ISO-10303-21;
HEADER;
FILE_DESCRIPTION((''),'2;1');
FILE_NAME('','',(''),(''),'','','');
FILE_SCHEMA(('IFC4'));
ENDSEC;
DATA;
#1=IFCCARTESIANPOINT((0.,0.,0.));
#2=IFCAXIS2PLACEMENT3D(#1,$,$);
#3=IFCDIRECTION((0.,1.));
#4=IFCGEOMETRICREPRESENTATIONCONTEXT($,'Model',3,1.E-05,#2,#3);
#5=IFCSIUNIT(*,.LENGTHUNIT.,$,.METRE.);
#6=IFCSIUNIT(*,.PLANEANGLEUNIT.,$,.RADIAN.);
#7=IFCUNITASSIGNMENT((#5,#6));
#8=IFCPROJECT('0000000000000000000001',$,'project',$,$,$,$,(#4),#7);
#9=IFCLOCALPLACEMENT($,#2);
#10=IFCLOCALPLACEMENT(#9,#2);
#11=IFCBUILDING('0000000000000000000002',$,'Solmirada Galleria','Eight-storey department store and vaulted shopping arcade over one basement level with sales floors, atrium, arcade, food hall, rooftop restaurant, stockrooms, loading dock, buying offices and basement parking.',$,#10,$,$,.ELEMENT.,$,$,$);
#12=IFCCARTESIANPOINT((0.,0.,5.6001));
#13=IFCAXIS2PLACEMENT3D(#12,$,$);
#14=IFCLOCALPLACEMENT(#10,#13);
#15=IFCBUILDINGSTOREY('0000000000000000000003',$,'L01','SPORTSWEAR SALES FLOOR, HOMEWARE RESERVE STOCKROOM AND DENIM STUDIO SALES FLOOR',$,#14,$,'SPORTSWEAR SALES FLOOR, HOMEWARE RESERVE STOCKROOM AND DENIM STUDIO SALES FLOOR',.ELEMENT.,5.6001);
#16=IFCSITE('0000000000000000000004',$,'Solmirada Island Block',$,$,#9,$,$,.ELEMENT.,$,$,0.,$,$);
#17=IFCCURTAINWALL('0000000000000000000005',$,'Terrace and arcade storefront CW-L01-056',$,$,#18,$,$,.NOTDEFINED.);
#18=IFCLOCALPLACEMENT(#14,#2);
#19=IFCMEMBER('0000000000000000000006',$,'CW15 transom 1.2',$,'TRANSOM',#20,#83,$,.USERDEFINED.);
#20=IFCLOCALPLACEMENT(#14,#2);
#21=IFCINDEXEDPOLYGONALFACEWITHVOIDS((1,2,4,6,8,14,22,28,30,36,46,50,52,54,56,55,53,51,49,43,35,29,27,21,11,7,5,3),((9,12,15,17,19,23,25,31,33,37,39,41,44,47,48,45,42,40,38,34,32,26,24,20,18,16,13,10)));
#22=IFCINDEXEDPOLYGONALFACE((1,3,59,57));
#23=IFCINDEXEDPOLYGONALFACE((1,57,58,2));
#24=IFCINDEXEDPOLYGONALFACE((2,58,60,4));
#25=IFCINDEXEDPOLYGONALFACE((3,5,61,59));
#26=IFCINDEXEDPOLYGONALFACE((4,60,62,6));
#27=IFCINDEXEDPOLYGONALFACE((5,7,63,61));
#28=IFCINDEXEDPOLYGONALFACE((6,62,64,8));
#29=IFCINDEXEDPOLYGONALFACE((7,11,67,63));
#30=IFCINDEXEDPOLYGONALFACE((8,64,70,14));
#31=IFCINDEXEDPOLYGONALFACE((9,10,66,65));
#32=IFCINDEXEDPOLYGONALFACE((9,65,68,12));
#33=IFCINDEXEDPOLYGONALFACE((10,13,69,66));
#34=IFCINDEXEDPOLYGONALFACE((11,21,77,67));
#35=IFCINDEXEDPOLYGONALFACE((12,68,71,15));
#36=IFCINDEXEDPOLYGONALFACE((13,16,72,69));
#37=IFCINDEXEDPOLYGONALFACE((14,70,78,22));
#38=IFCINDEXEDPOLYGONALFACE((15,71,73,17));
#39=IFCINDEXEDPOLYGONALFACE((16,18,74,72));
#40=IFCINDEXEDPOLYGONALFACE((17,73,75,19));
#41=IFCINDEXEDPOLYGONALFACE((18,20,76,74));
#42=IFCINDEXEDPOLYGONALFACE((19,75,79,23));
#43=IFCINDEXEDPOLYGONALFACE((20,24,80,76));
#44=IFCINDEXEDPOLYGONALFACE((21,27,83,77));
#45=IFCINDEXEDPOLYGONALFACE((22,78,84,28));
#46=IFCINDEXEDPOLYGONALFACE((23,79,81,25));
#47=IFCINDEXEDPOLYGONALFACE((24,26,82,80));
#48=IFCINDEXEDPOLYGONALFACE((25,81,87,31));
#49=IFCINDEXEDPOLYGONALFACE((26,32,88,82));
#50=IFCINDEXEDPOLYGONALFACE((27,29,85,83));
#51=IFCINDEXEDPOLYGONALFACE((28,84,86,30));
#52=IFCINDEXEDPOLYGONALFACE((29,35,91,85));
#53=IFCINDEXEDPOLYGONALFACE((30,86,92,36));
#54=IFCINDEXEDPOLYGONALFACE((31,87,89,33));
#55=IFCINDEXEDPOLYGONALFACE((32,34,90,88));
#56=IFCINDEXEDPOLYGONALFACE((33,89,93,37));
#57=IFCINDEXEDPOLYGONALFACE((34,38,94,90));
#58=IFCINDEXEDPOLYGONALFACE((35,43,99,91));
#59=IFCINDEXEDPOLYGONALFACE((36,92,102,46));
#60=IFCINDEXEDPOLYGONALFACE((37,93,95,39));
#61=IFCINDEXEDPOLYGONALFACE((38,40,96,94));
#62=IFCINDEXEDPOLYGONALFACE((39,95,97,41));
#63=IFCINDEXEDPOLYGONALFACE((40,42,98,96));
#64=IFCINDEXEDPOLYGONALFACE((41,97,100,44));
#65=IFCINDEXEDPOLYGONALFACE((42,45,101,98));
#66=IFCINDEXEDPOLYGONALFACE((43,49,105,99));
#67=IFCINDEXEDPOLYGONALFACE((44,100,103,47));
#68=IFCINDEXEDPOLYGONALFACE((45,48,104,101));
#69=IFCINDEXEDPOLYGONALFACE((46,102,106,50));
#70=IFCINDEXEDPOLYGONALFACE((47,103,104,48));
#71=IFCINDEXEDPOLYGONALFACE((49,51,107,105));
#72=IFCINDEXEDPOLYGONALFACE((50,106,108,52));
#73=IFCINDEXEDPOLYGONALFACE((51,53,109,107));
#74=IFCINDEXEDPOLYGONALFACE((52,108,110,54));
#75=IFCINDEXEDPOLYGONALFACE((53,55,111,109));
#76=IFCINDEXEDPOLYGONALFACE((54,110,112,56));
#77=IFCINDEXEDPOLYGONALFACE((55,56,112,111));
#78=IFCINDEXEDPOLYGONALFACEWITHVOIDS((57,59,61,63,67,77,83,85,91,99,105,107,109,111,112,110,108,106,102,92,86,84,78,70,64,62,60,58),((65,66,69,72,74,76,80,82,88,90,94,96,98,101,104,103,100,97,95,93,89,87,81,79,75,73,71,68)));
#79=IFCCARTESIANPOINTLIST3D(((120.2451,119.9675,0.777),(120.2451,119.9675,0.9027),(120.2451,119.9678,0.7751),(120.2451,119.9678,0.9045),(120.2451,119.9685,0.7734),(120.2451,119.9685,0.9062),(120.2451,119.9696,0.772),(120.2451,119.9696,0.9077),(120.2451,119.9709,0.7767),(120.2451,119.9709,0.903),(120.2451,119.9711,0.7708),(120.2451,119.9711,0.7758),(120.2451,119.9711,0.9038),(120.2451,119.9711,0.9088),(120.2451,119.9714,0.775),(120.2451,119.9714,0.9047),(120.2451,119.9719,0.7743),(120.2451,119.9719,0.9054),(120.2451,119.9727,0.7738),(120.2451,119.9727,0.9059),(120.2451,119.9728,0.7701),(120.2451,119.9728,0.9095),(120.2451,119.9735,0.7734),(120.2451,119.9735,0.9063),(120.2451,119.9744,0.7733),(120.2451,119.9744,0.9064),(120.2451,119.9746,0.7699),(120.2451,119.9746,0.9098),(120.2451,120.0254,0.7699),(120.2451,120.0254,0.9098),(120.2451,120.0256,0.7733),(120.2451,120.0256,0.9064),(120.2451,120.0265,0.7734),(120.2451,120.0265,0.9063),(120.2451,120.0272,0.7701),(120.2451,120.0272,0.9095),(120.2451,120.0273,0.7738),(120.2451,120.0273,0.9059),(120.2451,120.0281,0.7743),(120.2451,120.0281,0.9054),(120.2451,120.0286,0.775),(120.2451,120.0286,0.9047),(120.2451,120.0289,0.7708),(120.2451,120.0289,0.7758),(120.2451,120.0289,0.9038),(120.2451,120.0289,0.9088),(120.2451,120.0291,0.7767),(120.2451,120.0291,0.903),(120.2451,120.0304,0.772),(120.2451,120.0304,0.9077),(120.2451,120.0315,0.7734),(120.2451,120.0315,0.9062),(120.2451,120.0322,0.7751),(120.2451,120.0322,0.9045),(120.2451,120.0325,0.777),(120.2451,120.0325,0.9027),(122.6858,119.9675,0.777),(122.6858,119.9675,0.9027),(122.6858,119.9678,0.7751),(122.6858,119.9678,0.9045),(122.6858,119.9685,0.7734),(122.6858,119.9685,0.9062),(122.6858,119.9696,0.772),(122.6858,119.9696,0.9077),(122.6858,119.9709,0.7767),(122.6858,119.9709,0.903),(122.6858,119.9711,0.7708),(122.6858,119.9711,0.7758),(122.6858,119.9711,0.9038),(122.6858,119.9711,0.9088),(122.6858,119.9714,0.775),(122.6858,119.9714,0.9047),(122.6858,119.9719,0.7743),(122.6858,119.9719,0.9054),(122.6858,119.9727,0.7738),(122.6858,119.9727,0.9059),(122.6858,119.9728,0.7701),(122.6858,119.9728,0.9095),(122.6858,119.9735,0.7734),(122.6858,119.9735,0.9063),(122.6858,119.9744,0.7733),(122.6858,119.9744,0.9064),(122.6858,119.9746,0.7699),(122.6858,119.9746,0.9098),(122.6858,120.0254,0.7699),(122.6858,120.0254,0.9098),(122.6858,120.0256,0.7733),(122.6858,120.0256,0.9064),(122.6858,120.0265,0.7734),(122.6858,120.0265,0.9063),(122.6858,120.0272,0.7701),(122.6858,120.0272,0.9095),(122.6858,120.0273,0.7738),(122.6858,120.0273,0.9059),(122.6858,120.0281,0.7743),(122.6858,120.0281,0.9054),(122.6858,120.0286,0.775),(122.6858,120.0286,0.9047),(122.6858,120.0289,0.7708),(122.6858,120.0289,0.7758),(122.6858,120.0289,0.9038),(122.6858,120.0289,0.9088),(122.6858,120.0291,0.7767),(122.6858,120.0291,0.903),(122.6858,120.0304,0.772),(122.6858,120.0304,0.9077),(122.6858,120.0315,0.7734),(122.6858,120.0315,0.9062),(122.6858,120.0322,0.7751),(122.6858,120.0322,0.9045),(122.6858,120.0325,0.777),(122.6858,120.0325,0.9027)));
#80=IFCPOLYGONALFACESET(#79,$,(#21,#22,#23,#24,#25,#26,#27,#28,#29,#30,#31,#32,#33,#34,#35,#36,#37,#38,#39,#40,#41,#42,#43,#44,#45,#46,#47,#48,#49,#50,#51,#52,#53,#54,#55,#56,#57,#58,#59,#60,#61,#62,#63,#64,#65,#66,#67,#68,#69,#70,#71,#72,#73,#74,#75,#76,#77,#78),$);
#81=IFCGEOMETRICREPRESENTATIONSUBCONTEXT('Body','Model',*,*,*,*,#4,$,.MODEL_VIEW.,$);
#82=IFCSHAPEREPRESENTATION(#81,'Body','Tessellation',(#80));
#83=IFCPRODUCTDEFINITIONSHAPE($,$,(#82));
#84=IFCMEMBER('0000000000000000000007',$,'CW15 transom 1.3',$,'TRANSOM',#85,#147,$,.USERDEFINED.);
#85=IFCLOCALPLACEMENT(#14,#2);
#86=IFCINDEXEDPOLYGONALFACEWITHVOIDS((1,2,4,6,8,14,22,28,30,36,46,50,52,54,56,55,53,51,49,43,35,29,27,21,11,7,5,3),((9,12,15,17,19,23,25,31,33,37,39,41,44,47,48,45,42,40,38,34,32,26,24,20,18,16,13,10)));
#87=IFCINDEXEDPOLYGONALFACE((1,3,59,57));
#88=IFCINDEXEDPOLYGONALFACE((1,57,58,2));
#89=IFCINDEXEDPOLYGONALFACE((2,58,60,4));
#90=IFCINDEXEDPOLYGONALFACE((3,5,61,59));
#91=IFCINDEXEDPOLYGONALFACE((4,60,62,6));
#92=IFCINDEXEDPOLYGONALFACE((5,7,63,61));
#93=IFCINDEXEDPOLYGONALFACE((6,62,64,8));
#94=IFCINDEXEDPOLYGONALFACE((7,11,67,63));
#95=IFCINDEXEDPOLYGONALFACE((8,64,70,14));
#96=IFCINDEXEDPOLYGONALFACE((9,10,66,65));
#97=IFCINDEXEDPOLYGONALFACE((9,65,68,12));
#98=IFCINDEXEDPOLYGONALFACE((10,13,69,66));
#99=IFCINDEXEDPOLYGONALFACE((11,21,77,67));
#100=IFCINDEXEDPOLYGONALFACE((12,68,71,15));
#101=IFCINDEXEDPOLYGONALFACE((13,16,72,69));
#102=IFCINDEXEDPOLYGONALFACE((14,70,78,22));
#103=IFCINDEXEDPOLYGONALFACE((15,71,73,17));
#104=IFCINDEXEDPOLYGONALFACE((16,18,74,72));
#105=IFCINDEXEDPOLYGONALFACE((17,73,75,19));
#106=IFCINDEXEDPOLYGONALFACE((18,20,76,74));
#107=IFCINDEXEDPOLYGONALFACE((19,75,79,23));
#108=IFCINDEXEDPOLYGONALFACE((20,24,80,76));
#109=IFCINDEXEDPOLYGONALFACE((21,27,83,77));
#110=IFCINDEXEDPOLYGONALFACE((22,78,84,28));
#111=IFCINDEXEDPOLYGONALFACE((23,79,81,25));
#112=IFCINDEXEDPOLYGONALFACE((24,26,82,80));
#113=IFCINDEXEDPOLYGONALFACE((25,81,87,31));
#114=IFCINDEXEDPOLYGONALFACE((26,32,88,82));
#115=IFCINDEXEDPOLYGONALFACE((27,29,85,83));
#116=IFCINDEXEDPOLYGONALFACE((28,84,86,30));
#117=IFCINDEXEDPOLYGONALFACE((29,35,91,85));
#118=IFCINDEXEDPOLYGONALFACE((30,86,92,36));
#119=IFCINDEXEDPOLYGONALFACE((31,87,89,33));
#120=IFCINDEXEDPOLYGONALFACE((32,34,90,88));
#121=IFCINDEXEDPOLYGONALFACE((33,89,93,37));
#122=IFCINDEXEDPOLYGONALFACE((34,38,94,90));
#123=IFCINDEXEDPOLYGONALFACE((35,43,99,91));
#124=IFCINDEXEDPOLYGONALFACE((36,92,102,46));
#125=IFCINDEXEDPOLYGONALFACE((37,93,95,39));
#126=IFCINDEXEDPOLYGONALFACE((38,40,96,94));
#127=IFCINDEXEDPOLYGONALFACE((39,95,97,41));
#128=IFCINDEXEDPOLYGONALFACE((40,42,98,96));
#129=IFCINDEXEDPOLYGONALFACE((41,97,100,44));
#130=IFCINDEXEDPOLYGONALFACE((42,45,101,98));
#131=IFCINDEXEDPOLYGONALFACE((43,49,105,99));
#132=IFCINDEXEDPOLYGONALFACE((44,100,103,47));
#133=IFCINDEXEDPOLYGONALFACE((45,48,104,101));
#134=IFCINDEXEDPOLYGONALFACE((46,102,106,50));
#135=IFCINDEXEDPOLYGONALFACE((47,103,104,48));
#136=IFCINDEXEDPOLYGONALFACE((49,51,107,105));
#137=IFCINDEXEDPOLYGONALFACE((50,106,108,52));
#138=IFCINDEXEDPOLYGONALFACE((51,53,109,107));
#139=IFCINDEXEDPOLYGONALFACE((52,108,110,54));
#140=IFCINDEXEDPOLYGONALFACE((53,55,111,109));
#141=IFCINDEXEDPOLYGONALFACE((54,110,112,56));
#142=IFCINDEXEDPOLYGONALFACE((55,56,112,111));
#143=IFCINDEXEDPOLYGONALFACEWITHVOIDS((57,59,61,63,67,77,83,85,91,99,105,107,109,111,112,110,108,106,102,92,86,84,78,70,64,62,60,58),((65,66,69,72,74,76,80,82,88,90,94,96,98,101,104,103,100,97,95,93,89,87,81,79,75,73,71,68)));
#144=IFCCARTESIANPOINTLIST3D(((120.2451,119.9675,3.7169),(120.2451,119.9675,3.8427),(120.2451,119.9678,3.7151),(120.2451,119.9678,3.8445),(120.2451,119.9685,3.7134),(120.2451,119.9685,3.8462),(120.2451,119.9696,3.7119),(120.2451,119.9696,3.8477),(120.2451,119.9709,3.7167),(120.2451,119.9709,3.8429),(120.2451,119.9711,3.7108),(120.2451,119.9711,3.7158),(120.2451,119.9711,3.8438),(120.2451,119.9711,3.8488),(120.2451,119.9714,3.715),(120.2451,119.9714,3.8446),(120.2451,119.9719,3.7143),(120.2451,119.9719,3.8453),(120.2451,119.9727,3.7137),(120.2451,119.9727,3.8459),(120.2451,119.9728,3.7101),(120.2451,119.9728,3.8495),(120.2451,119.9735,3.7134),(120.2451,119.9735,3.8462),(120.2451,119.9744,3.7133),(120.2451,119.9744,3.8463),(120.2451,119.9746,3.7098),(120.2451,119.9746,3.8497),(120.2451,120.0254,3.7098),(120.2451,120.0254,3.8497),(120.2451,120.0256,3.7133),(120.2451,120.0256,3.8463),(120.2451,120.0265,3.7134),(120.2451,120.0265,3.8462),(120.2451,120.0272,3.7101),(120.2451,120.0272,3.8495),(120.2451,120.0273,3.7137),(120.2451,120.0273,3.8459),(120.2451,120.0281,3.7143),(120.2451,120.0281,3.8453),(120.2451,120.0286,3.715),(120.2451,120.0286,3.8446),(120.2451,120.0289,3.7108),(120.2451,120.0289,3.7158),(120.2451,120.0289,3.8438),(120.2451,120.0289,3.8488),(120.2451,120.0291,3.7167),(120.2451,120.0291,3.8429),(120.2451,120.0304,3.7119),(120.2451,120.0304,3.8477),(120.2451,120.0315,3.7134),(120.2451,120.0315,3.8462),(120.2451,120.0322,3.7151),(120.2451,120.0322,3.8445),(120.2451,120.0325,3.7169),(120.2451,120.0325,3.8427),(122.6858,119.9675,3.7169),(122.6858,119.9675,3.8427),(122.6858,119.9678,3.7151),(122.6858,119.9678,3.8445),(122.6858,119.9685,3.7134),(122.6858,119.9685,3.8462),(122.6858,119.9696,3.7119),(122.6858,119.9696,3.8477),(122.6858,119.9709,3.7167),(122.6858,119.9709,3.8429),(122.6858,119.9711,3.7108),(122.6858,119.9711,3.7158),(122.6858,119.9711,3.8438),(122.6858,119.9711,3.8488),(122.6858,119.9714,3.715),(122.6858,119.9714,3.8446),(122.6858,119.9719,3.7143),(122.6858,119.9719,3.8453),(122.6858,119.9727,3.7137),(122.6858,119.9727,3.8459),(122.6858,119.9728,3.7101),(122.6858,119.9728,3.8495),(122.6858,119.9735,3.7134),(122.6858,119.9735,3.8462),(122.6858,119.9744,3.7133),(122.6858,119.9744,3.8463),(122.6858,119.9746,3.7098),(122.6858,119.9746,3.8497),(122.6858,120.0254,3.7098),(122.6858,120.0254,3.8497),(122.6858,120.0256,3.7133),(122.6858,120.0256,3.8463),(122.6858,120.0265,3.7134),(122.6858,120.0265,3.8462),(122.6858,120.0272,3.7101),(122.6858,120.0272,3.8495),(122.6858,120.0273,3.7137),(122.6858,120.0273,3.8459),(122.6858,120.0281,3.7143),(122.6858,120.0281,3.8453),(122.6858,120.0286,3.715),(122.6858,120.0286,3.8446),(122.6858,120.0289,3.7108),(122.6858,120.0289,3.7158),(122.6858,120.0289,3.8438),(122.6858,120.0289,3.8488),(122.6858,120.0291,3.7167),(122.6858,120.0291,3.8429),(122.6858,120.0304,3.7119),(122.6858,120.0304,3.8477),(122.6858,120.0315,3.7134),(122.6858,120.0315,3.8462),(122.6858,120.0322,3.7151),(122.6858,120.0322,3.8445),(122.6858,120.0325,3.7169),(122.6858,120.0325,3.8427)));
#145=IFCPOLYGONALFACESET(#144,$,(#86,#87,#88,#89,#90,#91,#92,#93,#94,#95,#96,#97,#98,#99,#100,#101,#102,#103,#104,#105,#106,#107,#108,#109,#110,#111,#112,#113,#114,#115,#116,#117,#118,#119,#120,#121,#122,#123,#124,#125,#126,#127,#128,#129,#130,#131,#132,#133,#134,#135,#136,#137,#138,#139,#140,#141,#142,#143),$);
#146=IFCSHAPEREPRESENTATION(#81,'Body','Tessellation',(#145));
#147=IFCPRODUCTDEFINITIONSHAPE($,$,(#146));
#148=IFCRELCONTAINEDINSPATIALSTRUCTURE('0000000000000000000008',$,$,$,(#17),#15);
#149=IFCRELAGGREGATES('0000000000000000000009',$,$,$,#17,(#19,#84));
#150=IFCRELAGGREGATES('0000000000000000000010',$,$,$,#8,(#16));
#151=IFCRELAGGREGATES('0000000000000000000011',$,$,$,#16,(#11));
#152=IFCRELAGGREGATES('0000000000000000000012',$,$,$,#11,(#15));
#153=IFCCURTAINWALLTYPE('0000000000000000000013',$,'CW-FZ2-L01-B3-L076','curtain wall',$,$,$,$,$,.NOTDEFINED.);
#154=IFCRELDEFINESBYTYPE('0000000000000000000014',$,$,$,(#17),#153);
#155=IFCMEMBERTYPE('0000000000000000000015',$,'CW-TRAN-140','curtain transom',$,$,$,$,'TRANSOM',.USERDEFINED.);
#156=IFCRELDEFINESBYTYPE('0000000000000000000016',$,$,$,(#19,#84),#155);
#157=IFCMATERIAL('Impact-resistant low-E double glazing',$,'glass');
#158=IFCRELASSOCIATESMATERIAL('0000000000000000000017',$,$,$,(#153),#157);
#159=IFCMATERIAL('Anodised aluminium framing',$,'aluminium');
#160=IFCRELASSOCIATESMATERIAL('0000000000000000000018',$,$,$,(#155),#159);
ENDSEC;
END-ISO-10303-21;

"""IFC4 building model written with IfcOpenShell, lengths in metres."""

from ifc_helpers import new_model, si_unit, direction, frame, origin, origin_2d, place, context, subcontext, project, spatial, hollow_rectangle, extrude, material, material_profile, profile_set, type_object, element, aggregate, save


model = new_model("IFC4")

# Units and contexts
model_context = context("Model", 3, precision=1e-05, world=origin(), true_north=direction((0.0, 1.0)))
body_context = subcontext(model_context, "Body", "Model", "MODEL_VIEW")
ifc_project = project(units=[si_unit("LENGTHUNIT", "METRE"), si_unit("PLANEANGLEUNIT", "RADIAN")], contexts=[model_context])

# Site, building, storey
site_placement = place(None, origin())
site = spatial("IfcSite", under=ifc_project, at=site_placement, Name="Solmirada Island Block", CompositionType="ELEMENT", RefElevation=0.0)
building_placement = place(site_placement, origin())
building = spatial("IfcBuilding", under=site, at=building_placement, Name="Solmirada Galleria", Description="Eight-storey department store and vaulted shopping arcade over one basement level with sales floors, atrium, arcade, food hall, rooftop restaurant, stockrooms, loading dock, buying offices and basement parking.", CompositionType="ELEMENT")
storey_placement = place(building_placement, frame((0.0, 0.0, 5.6001)))
storey = spatial("IfcBuildingStorey", under=building, at=storey_placement, Name="L01", Description="SPORTSWEAR SALES FLOOR, HOMEWARE RESERVE STOCKROOM AND DENIM STUDIO SALES FLOOR", LongName="SPORTSWEAR SALES FLOOR, HOMEWARE RESERVE STOCKROOM AND DENIM STUDIO SALES FLOOR", CompositionType="ELEMENT", Elevation=5.6001)

# Curtain wall
ifc_material_1 = material(Name="Impact-resistant low-E double glazing", Category="glass")
ifc_material_2 = material(Name="Anodised aluminium framing", Category="aluminium")
curtain_wall_type_1 = type_object("IfcCurtainWallType", Name="CW-FZ2-L01-B3-L076", Description="curtain wall", PredefinedType="NOTDEFINED", material=ifc_material_1)
curtain_wall_1_placement = place(storey_placement, origin())
curtain_wall_1 = element("IfcCurtainWall", 1, at=curtain_wall_1_placement, inside=storey, type_object=curtain_wall_type_1, Name="Terrace and arcade storefront CW-L01-056", PredefinedType="NOTDEFINED")

# Members
ifc_material_profile_1 = material_profile(ifc_material_2, hollow_rectangle(XDim=0.0649, YDim=0.1399, WallThickness=0.0034, InnerFilletRadius=0.0034, OuterFilletRadius=0.0071, at=origin_2d()), Name="ALU-TRAN-140X65")
ifc_profile_set_1 = profile_set([ifc_material_profile_1], Name="Anodised aluminium framing")
member_type_1 = type_object("IfcMemberType", Name="CW-TRAN-140", Description="curtain transom", ElementType="TRANSOM", PredefinedType="USERDEFINED", material=ifc_profile_set_1)
member_1_placement = place(storey_placement, frame((120.2451, 120.0, 0.8398), z_axis=(1.0, 0.0, 0.0), x_axis=(0.0, 1.0, 0.0)))
member_1 = element("IfcMember", 2, at=member_1_placement, type_object=member_type_1, Name="CW15 transom 1.2", ObjectType="TRANSOM", PredefinedType="USERDEFINED", context=body_context, shape_type="SweptSolid", body=[
    extrude(hollow_rectangle(XDim=0.0649, YDim=0.1399, WallThickness=0.0034, InnerFilletRadius=0.0034, OuterFilletRadius=0.0071, at=origin_2d()), origin(), (0.0, 0.0, 1.0), 2.4407),
])
member_2_placement = place(storey_placement, frame((120.2451, 120.0, 3.7798), z_axis=(1.0, 0.0, 0.0), x_axis=(0.0, 1.0, 0.0)))
member_2 = element("IfcMember", 3, at=member_2_placement, type_object=member_type_1, Name="CW15 transom 1.3", ObjectType="TRANSOM", PredefinedType="USERDEFINED", context=body_context, shape_type="SweptSolid", body=[
    extrude(hollow_rectangle(XDim=0.0649, YDim=0.1399, WallThickness=0.0034, InnerFilletRadius=0.0034, OuterFilletRadius=0.0071, at=origin_2d()), origin(), (0.0, 0.0, 1.0), 2.4407),
])

aggregate(curtain_wall_1, [member_1, member_2])

save(model, "model.ifc")
